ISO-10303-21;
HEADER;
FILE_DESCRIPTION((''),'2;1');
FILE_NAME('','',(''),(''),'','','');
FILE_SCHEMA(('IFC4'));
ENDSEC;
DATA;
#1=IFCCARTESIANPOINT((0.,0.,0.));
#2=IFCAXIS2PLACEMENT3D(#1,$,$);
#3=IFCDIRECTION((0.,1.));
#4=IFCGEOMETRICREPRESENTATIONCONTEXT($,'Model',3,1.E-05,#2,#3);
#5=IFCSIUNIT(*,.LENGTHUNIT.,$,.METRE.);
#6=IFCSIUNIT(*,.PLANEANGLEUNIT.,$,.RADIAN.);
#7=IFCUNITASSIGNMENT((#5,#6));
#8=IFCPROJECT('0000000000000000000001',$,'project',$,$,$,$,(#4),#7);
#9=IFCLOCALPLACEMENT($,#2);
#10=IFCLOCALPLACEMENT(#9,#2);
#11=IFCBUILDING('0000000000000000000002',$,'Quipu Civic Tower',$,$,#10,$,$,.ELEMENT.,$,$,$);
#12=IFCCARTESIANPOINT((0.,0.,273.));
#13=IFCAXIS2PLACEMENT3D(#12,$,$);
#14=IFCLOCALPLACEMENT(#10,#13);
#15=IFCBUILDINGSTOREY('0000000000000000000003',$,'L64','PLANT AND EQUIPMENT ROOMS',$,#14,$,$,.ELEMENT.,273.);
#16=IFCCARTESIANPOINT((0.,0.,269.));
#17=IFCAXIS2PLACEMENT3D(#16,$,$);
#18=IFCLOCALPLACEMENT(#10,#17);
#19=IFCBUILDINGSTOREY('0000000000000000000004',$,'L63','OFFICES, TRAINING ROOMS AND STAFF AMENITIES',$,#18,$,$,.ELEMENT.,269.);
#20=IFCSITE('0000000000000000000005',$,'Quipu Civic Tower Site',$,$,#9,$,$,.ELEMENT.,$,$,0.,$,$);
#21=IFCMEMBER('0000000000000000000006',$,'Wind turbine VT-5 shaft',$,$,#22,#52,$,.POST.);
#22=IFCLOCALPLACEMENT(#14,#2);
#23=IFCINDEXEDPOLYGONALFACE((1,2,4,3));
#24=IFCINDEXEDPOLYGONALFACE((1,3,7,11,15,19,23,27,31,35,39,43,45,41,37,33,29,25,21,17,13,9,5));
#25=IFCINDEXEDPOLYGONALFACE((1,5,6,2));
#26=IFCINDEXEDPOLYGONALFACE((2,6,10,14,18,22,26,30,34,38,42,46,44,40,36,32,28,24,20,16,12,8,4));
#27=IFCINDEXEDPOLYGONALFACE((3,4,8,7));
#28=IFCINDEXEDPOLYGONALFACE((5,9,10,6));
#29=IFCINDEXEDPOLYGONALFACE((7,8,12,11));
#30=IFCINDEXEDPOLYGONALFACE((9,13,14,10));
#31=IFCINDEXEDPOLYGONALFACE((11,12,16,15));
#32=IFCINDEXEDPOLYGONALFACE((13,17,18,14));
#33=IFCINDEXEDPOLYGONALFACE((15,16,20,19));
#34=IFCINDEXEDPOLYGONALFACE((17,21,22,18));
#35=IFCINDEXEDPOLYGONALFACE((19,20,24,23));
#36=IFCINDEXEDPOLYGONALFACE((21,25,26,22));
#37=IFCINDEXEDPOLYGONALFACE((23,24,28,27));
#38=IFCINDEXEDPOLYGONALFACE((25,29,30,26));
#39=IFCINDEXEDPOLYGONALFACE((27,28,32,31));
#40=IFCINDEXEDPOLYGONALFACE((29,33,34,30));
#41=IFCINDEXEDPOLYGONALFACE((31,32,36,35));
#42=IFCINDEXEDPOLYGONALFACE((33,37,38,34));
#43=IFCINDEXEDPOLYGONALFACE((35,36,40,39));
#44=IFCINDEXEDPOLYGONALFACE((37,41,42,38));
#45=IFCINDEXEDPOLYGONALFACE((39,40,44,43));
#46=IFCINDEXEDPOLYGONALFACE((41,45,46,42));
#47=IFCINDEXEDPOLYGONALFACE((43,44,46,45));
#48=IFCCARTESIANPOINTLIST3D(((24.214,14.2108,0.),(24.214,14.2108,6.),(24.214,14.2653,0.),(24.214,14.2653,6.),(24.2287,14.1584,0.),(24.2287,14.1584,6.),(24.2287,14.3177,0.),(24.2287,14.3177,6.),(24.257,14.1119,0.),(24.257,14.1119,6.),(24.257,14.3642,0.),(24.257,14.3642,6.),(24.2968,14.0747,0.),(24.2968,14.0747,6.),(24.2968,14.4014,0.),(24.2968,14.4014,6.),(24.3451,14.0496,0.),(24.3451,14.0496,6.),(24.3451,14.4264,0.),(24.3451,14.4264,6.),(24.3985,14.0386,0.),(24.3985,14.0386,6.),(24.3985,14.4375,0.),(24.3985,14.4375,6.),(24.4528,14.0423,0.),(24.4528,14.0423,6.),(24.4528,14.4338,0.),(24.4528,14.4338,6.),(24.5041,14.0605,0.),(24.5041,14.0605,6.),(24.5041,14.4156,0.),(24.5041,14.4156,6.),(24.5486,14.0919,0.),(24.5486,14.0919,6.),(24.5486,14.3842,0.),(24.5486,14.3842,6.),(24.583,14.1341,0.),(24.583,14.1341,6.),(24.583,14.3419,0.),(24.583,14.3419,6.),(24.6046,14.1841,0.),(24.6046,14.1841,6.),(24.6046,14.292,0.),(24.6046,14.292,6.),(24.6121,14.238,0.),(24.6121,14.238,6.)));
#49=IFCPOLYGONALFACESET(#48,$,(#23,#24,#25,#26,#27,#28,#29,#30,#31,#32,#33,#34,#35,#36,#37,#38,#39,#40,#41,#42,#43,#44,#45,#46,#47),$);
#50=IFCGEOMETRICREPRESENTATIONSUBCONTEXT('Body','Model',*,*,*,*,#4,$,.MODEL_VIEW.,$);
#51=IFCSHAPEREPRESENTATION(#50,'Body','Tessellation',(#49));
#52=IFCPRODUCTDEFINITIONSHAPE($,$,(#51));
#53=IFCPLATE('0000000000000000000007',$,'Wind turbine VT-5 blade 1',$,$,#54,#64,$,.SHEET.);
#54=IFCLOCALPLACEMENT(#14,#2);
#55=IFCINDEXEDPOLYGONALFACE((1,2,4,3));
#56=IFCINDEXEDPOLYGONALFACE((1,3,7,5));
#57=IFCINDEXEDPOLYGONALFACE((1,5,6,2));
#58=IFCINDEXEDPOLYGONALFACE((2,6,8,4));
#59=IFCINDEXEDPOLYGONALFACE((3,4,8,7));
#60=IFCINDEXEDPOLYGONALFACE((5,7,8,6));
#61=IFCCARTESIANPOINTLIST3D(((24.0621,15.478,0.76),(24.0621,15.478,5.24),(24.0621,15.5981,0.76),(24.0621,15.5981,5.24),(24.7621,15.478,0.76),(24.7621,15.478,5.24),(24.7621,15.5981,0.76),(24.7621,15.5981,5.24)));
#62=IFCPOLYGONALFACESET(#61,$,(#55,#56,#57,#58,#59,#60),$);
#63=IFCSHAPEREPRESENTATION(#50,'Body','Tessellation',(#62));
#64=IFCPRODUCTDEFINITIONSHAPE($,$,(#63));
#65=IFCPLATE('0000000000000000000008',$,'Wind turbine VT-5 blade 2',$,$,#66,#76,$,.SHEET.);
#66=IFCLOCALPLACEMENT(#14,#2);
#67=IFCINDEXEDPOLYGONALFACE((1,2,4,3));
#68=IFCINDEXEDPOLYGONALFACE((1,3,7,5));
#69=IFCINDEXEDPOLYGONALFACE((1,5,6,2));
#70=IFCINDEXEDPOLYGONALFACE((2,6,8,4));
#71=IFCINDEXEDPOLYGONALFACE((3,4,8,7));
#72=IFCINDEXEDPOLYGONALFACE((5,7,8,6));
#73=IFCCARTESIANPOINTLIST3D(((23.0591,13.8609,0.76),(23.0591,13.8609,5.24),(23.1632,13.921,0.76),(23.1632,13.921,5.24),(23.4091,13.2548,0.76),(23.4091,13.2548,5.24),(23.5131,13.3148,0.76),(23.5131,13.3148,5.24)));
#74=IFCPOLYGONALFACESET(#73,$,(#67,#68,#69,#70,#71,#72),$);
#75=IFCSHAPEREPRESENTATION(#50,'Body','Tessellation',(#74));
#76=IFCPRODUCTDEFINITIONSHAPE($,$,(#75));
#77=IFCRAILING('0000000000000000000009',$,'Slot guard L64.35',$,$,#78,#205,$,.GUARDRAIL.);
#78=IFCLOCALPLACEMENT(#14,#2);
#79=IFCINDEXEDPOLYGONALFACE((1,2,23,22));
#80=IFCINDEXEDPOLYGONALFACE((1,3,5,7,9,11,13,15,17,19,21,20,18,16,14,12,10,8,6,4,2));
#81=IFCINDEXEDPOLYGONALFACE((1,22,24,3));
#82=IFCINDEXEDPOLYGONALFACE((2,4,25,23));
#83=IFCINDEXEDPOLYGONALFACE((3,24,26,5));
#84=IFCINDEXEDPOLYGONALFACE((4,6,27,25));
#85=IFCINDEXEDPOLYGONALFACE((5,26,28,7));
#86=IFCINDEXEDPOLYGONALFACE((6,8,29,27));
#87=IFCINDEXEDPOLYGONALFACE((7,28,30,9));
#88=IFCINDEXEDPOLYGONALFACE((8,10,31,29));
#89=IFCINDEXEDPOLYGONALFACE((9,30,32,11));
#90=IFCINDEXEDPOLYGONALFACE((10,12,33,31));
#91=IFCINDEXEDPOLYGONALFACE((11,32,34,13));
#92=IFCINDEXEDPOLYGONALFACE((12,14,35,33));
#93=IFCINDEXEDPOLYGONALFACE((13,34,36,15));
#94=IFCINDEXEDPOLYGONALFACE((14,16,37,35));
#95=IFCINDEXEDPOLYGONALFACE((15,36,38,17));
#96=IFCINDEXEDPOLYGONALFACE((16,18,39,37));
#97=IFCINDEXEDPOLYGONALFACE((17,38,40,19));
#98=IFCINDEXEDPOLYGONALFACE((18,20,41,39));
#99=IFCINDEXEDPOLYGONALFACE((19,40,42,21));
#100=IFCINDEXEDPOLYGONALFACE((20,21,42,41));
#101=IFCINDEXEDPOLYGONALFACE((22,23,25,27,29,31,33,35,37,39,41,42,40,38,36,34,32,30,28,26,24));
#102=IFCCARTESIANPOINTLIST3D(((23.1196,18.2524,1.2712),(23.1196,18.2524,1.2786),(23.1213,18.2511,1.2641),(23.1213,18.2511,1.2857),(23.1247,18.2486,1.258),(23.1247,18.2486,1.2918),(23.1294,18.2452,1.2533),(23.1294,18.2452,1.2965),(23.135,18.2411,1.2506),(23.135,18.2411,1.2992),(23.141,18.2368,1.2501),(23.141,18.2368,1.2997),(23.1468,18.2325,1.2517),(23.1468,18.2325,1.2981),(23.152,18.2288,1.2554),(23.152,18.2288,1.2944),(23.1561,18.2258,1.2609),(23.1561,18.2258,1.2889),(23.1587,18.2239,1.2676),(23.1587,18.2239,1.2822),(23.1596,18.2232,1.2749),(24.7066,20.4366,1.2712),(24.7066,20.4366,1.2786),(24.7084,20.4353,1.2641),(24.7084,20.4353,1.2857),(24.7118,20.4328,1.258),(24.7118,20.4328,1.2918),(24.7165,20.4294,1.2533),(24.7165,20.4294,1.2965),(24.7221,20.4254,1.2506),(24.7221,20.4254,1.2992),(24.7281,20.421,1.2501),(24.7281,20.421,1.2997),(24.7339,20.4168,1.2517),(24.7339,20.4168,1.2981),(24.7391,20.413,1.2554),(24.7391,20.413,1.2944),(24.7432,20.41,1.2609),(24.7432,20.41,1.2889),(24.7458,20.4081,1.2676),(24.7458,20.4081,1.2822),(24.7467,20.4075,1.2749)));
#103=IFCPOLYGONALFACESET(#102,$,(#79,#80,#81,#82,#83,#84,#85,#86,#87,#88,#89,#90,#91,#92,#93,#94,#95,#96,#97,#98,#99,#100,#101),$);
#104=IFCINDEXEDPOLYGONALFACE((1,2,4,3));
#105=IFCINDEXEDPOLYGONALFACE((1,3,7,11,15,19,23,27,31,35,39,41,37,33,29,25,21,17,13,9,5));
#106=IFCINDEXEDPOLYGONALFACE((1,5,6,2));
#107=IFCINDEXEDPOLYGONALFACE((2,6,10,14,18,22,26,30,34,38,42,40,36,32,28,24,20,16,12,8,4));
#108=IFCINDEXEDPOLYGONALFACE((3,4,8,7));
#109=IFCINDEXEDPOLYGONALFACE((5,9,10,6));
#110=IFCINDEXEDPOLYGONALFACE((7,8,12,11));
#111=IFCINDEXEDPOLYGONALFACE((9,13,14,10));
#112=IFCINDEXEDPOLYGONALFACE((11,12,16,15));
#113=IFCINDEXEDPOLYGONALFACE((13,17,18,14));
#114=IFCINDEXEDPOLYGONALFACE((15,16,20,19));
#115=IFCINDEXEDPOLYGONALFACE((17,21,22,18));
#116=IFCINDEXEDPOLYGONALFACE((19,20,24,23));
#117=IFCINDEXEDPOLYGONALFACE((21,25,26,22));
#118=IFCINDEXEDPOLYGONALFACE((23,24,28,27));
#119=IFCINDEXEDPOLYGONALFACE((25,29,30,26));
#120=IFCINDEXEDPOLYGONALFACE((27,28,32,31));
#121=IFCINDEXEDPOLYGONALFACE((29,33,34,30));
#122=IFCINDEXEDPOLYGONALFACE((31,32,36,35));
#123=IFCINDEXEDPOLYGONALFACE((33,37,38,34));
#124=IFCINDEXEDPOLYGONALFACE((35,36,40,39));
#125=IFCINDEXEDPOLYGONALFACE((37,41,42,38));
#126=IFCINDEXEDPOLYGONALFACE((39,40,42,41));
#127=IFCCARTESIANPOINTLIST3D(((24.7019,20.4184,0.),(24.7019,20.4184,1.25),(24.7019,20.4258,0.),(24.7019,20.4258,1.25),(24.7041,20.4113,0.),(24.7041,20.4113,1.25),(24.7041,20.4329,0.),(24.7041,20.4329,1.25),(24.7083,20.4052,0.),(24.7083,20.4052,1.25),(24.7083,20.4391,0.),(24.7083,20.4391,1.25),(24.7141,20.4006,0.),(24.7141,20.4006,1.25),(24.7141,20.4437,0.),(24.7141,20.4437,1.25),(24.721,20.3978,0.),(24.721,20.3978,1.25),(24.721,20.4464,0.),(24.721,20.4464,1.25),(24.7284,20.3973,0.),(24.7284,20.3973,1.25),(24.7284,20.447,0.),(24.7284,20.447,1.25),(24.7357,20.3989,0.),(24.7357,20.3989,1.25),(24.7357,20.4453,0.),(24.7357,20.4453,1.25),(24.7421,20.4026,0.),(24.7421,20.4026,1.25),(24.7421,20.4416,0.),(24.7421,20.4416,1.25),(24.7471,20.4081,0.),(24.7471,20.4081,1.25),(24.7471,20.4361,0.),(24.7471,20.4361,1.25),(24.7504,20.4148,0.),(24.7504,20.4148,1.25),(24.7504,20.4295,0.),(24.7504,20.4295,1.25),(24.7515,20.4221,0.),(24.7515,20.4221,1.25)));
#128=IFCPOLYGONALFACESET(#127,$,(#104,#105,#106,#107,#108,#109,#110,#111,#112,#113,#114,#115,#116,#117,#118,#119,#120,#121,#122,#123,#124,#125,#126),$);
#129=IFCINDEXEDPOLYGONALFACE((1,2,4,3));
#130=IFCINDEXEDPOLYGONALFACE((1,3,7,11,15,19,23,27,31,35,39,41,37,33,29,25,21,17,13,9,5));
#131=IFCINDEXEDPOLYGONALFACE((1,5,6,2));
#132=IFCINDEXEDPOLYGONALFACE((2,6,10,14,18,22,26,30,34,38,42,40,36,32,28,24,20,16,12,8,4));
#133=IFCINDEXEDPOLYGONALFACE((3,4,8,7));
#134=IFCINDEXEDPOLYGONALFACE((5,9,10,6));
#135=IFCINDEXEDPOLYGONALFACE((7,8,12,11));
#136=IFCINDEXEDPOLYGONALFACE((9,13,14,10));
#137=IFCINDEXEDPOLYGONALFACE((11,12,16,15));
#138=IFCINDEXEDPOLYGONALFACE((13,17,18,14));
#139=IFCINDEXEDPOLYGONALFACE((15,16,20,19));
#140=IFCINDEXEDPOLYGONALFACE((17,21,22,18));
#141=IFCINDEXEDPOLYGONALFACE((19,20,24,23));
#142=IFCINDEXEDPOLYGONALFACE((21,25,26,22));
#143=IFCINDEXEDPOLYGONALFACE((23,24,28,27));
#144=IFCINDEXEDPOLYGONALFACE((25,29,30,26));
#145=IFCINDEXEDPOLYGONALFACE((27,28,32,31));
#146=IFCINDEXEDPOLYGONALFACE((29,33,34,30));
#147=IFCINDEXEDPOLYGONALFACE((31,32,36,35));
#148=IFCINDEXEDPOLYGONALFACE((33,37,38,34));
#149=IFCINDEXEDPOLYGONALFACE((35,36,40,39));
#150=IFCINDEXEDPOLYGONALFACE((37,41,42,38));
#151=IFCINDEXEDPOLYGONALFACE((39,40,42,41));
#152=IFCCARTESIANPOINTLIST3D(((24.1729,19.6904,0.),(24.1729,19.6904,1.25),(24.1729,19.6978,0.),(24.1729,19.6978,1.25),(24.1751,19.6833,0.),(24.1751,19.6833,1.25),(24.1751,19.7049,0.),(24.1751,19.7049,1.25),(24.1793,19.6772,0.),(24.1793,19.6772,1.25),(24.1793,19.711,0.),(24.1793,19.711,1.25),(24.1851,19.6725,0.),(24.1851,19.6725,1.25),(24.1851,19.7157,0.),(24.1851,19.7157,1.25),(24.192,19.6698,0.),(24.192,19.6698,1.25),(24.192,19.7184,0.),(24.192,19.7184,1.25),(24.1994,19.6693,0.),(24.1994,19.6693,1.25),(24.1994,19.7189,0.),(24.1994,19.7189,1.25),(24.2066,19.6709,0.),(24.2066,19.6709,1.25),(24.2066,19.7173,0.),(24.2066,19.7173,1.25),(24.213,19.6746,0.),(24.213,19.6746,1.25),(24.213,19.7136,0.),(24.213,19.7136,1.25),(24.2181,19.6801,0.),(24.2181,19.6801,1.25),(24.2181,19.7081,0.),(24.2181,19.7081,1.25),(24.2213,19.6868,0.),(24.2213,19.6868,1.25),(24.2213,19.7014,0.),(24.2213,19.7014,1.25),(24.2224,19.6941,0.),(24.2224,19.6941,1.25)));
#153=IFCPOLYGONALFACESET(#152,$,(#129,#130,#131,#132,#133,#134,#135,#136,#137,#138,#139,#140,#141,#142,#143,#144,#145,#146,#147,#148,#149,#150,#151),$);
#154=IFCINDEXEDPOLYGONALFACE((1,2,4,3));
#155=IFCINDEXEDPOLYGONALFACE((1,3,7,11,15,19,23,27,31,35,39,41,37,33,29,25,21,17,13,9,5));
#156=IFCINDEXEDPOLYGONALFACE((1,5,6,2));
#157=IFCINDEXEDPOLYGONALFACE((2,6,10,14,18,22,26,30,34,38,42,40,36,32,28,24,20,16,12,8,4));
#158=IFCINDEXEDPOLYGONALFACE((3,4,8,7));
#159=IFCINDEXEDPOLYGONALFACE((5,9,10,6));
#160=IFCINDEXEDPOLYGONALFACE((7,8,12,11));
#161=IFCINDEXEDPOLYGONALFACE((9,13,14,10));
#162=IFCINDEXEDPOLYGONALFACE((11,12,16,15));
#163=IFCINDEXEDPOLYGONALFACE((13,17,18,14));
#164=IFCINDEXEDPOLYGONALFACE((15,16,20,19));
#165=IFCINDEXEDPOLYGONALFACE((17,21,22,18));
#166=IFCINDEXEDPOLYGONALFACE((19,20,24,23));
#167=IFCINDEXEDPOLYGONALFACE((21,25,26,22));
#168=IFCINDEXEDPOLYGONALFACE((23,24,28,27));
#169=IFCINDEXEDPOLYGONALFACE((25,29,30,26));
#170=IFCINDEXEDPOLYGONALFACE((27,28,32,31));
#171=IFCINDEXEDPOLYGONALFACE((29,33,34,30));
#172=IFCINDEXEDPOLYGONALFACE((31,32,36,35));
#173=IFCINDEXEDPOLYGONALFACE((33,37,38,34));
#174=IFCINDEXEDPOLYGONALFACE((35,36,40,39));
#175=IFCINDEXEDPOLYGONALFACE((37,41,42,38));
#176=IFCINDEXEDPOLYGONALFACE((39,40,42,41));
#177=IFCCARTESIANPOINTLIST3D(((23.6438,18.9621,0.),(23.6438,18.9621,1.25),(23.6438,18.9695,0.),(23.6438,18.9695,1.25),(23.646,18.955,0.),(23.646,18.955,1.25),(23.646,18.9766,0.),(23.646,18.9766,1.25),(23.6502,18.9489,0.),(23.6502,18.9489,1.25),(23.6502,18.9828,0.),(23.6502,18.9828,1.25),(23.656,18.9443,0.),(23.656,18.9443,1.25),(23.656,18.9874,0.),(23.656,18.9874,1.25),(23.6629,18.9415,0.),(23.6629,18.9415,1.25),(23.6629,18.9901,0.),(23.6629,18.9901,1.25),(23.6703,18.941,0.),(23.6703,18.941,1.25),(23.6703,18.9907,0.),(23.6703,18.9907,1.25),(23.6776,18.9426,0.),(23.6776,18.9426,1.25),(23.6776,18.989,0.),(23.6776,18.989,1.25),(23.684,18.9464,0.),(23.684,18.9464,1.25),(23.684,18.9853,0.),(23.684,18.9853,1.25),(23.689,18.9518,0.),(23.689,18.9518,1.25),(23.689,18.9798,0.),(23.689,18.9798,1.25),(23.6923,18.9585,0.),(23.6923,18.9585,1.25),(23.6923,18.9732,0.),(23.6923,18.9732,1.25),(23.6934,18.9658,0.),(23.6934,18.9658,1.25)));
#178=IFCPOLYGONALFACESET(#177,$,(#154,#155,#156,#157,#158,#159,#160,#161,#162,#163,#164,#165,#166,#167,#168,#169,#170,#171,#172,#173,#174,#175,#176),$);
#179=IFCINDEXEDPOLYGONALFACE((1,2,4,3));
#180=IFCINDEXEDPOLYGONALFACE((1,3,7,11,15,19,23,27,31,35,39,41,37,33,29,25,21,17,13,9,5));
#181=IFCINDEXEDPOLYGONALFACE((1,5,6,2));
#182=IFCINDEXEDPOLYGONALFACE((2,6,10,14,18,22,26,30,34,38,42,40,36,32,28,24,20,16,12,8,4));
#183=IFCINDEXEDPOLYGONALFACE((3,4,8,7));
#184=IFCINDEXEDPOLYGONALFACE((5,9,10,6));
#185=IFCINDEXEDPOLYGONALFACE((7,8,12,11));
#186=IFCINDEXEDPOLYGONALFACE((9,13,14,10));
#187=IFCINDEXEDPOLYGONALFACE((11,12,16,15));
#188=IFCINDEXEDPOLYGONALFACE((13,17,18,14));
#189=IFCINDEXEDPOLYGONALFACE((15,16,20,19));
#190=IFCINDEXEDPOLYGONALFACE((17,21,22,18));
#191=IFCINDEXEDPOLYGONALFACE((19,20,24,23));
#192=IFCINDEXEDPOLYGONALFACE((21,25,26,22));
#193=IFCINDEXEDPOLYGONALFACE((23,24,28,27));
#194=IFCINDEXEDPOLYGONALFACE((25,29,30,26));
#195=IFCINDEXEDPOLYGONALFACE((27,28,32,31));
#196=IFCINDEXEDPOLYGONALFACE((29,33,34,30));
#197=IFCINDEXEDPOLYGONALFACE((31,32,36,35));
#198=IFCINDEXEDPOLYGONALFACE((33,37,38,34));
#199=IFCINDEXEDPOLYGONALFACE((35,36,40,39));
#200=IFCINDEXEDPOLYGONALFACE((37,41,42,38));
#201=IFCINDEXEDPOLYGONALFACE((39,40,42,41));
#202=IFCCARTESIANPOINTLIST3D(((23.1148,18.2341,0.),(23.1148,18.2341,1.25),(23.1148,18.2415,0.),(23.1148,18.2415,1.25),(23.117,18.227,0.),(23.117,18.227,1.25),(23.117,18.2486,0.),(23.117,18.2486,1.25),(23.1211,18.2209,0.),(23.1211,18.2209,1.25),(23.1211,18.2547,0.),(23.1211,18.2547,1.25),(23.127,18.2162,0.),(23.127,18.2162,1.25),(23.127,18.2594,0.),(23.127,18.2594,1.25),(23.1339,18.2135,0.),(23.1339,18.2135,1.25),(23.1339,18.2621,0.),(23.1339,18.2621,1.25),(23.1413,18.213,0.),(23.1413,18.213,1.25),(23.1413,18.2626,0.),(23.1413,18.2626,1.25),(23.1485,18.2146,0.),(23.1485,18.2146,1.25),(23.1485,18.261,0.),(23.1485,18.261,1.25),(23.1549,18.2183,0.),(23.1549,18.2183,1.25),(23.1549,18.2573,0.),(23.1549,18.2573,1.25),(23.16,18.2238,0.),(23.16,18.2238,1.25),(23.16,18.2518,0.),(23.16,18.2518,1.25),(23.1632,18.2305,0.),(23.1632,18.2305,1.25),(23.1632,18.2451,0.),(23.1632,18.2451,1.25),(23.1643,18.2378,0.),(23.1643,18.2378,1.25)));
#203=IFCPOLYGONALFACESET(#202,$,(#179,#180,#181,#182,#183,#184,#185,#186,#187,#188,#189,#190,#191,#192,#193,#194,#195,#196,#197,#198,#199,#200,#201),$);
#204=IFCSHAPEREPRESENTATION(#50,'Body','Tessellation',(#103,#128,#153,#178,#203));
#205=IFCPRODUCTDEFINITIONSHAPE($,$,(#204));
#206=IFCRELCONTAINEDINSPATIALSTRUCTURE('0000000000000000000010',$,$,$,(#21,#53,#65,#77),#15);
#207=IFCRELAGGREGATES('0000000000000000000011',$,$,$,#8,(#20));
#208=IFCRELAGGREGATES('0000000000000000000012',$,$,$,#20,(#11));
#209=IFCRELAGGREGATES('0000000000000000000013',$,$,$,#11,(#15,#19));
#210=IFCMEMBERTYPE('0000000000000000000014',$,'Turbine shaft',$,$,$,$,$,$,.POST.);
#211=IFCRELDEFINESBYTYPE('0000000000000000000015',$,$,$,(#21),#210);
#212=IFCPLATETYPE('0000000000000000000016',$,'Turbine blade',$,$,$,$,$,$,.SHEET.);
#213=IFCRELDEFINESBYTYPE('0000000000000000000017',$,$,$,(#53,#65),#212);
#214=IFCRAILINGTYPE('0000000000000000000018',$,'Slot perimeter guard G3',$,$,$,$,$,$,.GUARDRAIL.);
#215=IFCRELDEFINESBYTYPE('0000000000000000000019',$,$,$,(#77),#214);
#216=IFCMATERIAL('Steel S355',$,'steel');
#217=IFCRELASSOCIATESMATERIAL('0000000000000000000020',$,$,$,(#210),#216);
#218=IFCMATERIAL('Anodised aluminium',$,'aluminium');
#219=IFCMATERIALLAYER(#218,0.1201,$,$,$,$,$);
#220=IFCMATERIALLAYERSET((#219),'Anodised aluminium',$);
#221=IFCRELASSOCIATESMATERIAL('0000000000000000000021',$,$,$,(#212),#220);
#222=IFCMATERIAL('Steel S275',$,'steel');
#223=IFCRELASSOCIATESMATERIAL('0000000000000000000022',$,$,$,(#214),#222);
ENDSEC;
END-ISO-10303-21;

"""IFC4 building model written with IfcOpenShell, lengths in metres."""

from ifc_helpers import new_model, si_unit, direction, frame, origin, origin_2d, place, context, subcontext, project, spatial, rectangle, circle, extrude, material, layer, layer_set, material_profile, profile_set, type_object, element, save


model = new_model("IFC4")

# Units and contexts
model_context = context("Model", 3, precision=1e-05, world=origin(), true_north=direction((0.0, 1.0)))
body_context = subcontext(model_context, "Body", "Model", "MODEL_VIEW")
ifc_project = project(units=[si_unit("LENGTHUNIT", "METRE"), si_unit("PLANEANGLEUNIT", "RADIAN")], contexts=[model_context])

# Site, building, storey
site_placement = place(None, origin())
site = spatial("IfcSite", under=ifc_project, at=site_placement, Name="Quipu Civic Tower Site", CompositionType="ELEMENT", RefElevation=0.0)
building_placement = place(site_placement, origin())
building = spatial("IfcBuilding", under=site, at=building_placement, Name="Quipu Civic Tower", CompositionType="ELEMENT")
storey_1_placement = place(building_placement, frame((0.0, 0.0, 273.0)))
storey_1 = spatial("IfcBuildingStorey", under=building, at=storey_1_placement, Name="L64", Description="PLANT AND EQUIPMENT ROOMS", CompositionType="ELEMENT", Elevation=273.0)

# Shared definitions
storey_2_placement = place(building_placement, frame((0.0, 0.0, 269.0)))
storey_2 = spatial("IfcBuildingStorey", under=building, at=storey_2_placement, Name="L63", Description="OFFICES, TRAINING ROOMS AND STAFF AMENITIES", CompositionType="ELEMENT", Elevation=269.0)

# Member
ifc_material_1 = material(Name="Steel S355", Category="steel")
ifc_material_profile_1 = material_profile(ifc_material_1, circle(Radius=0.2, at=origin_2d()), Name="CIRCLE 400")
ifc_profile_set_1 = profile_set([ifc_material_profile_1], Name="Steel S355")
member_type_1 = type_object("IfcMemberType", Name="Turbine shaft", PredefinedType="POST", material=ifc_profile_set_1)
member_1_placement = place(storey_1_placement, frame((24.4121, 14.238, 0.0), z_axis=(0.0, 0.0, 1.0), x_axis=(1.0, 0.0, 0.0)))
element("IfcMember", 1, at=member_1_placement, inside=storey_1, type_object=member_type_1, Name="Wind turbine VT-5 shaft", PredefinedType="POST", context=body_context, shape_type="SweptSolid", body=[
    extrude(circle(Radius=0.2, at=origin_2d()), origin(), (0.0, 0.0, 1.0), 6.0),
])

# Plates
ifc_material_2 = material(Name="Anodised aluminium", Category="aluminium")
ifc_layer = layer(ifc_material_2, 0.1201)
ifc_layer_set = layer_set([ifc_layer], Name="Anodised aluminium")
plate_type = type_object("IfcPlateType", Name="Turbine blade", PredefinedType="SHEET", material=ifc_layer_set)
for number, where, z_axis, x_axis, name in (
    (2, (24.4121, 15.5381, 0.76), (0.0, 0.0, 1.0), (-1.0, 0.0, 0.0), "Wind turbine VT-5 blade 1"),
    (3, (23.2861, 13.5879, 0.76), (0.0, 0.0, 1.0), (0.5, -0.866025, 0.0), "Wind turbine VT-5 blade 2"),
):
    element("IfcPlate", number, at=place(storey_1_placement, frame(where, z_axis=z_axis, x_axis=x_axis)), inside=storey_1, type_object=plate_type, Name=name, PredefinedType="SHEET", context=body_context, shape_type="SweptSolid", body=[
        extrude(rectangle(XDim=0.7, YDim=0.1201, at=origin_2d()), origin(), (0.0, 0.0, 1.0), 4.48),
    ])

# Railing
ifc_material_3 = material(Name="Steel S275", Category="steel")
railing_type = type_object("IfcRailingType", Name="Slot perimeter guard G3", PredefinedType="GUARDRAIL", material=ifc_material_3)
railing_1_placement = place(storey_1_placement, frame((24.7266, 20.4221, 0.0)))
element("IfcRailing", 4, at=railing_1_placement, inside=storey_1, type_object=railing_type, Name="Slot guard L64.35", PredefinedType="GUARDRAIL", context=body_context, shape_type="SweptSolid", body=[
    extrude(circle(Radius=0.0249, at=origin_2d()), frame((0.0, 0.0, 1.2749), z_axis=(-0.587822, -0.80899, 0.0), x_axis=(0.80899, -0.587822, 0.0)), (0.0, 0.0, 1.0), 2.7),
    extrude(circle(Radius=0.0249, at=origin_2d()), origin(), (0.0, 0.0, 1.0), 1.25),
    extrude(circle(Radius=0.0249, at=origin_2d()), frame((-0.5291, -0.728, 0.0)), (0.0, 0.0, 1.0), 1.25),
    extrude(circle(Radius=0.0249, at=origin_2d()), frame((-1.0581, -1.4563, 0.0)), (0.0, 0.0, 1.0), 1.25),
    extrude(circle(Radius=0.0249, at=origin_2d()), frame((-1.5872, -2.1843, 0.0)), (0.0, 0.0, 1.0), 1.25),
])

save(model, "model.ifc")
